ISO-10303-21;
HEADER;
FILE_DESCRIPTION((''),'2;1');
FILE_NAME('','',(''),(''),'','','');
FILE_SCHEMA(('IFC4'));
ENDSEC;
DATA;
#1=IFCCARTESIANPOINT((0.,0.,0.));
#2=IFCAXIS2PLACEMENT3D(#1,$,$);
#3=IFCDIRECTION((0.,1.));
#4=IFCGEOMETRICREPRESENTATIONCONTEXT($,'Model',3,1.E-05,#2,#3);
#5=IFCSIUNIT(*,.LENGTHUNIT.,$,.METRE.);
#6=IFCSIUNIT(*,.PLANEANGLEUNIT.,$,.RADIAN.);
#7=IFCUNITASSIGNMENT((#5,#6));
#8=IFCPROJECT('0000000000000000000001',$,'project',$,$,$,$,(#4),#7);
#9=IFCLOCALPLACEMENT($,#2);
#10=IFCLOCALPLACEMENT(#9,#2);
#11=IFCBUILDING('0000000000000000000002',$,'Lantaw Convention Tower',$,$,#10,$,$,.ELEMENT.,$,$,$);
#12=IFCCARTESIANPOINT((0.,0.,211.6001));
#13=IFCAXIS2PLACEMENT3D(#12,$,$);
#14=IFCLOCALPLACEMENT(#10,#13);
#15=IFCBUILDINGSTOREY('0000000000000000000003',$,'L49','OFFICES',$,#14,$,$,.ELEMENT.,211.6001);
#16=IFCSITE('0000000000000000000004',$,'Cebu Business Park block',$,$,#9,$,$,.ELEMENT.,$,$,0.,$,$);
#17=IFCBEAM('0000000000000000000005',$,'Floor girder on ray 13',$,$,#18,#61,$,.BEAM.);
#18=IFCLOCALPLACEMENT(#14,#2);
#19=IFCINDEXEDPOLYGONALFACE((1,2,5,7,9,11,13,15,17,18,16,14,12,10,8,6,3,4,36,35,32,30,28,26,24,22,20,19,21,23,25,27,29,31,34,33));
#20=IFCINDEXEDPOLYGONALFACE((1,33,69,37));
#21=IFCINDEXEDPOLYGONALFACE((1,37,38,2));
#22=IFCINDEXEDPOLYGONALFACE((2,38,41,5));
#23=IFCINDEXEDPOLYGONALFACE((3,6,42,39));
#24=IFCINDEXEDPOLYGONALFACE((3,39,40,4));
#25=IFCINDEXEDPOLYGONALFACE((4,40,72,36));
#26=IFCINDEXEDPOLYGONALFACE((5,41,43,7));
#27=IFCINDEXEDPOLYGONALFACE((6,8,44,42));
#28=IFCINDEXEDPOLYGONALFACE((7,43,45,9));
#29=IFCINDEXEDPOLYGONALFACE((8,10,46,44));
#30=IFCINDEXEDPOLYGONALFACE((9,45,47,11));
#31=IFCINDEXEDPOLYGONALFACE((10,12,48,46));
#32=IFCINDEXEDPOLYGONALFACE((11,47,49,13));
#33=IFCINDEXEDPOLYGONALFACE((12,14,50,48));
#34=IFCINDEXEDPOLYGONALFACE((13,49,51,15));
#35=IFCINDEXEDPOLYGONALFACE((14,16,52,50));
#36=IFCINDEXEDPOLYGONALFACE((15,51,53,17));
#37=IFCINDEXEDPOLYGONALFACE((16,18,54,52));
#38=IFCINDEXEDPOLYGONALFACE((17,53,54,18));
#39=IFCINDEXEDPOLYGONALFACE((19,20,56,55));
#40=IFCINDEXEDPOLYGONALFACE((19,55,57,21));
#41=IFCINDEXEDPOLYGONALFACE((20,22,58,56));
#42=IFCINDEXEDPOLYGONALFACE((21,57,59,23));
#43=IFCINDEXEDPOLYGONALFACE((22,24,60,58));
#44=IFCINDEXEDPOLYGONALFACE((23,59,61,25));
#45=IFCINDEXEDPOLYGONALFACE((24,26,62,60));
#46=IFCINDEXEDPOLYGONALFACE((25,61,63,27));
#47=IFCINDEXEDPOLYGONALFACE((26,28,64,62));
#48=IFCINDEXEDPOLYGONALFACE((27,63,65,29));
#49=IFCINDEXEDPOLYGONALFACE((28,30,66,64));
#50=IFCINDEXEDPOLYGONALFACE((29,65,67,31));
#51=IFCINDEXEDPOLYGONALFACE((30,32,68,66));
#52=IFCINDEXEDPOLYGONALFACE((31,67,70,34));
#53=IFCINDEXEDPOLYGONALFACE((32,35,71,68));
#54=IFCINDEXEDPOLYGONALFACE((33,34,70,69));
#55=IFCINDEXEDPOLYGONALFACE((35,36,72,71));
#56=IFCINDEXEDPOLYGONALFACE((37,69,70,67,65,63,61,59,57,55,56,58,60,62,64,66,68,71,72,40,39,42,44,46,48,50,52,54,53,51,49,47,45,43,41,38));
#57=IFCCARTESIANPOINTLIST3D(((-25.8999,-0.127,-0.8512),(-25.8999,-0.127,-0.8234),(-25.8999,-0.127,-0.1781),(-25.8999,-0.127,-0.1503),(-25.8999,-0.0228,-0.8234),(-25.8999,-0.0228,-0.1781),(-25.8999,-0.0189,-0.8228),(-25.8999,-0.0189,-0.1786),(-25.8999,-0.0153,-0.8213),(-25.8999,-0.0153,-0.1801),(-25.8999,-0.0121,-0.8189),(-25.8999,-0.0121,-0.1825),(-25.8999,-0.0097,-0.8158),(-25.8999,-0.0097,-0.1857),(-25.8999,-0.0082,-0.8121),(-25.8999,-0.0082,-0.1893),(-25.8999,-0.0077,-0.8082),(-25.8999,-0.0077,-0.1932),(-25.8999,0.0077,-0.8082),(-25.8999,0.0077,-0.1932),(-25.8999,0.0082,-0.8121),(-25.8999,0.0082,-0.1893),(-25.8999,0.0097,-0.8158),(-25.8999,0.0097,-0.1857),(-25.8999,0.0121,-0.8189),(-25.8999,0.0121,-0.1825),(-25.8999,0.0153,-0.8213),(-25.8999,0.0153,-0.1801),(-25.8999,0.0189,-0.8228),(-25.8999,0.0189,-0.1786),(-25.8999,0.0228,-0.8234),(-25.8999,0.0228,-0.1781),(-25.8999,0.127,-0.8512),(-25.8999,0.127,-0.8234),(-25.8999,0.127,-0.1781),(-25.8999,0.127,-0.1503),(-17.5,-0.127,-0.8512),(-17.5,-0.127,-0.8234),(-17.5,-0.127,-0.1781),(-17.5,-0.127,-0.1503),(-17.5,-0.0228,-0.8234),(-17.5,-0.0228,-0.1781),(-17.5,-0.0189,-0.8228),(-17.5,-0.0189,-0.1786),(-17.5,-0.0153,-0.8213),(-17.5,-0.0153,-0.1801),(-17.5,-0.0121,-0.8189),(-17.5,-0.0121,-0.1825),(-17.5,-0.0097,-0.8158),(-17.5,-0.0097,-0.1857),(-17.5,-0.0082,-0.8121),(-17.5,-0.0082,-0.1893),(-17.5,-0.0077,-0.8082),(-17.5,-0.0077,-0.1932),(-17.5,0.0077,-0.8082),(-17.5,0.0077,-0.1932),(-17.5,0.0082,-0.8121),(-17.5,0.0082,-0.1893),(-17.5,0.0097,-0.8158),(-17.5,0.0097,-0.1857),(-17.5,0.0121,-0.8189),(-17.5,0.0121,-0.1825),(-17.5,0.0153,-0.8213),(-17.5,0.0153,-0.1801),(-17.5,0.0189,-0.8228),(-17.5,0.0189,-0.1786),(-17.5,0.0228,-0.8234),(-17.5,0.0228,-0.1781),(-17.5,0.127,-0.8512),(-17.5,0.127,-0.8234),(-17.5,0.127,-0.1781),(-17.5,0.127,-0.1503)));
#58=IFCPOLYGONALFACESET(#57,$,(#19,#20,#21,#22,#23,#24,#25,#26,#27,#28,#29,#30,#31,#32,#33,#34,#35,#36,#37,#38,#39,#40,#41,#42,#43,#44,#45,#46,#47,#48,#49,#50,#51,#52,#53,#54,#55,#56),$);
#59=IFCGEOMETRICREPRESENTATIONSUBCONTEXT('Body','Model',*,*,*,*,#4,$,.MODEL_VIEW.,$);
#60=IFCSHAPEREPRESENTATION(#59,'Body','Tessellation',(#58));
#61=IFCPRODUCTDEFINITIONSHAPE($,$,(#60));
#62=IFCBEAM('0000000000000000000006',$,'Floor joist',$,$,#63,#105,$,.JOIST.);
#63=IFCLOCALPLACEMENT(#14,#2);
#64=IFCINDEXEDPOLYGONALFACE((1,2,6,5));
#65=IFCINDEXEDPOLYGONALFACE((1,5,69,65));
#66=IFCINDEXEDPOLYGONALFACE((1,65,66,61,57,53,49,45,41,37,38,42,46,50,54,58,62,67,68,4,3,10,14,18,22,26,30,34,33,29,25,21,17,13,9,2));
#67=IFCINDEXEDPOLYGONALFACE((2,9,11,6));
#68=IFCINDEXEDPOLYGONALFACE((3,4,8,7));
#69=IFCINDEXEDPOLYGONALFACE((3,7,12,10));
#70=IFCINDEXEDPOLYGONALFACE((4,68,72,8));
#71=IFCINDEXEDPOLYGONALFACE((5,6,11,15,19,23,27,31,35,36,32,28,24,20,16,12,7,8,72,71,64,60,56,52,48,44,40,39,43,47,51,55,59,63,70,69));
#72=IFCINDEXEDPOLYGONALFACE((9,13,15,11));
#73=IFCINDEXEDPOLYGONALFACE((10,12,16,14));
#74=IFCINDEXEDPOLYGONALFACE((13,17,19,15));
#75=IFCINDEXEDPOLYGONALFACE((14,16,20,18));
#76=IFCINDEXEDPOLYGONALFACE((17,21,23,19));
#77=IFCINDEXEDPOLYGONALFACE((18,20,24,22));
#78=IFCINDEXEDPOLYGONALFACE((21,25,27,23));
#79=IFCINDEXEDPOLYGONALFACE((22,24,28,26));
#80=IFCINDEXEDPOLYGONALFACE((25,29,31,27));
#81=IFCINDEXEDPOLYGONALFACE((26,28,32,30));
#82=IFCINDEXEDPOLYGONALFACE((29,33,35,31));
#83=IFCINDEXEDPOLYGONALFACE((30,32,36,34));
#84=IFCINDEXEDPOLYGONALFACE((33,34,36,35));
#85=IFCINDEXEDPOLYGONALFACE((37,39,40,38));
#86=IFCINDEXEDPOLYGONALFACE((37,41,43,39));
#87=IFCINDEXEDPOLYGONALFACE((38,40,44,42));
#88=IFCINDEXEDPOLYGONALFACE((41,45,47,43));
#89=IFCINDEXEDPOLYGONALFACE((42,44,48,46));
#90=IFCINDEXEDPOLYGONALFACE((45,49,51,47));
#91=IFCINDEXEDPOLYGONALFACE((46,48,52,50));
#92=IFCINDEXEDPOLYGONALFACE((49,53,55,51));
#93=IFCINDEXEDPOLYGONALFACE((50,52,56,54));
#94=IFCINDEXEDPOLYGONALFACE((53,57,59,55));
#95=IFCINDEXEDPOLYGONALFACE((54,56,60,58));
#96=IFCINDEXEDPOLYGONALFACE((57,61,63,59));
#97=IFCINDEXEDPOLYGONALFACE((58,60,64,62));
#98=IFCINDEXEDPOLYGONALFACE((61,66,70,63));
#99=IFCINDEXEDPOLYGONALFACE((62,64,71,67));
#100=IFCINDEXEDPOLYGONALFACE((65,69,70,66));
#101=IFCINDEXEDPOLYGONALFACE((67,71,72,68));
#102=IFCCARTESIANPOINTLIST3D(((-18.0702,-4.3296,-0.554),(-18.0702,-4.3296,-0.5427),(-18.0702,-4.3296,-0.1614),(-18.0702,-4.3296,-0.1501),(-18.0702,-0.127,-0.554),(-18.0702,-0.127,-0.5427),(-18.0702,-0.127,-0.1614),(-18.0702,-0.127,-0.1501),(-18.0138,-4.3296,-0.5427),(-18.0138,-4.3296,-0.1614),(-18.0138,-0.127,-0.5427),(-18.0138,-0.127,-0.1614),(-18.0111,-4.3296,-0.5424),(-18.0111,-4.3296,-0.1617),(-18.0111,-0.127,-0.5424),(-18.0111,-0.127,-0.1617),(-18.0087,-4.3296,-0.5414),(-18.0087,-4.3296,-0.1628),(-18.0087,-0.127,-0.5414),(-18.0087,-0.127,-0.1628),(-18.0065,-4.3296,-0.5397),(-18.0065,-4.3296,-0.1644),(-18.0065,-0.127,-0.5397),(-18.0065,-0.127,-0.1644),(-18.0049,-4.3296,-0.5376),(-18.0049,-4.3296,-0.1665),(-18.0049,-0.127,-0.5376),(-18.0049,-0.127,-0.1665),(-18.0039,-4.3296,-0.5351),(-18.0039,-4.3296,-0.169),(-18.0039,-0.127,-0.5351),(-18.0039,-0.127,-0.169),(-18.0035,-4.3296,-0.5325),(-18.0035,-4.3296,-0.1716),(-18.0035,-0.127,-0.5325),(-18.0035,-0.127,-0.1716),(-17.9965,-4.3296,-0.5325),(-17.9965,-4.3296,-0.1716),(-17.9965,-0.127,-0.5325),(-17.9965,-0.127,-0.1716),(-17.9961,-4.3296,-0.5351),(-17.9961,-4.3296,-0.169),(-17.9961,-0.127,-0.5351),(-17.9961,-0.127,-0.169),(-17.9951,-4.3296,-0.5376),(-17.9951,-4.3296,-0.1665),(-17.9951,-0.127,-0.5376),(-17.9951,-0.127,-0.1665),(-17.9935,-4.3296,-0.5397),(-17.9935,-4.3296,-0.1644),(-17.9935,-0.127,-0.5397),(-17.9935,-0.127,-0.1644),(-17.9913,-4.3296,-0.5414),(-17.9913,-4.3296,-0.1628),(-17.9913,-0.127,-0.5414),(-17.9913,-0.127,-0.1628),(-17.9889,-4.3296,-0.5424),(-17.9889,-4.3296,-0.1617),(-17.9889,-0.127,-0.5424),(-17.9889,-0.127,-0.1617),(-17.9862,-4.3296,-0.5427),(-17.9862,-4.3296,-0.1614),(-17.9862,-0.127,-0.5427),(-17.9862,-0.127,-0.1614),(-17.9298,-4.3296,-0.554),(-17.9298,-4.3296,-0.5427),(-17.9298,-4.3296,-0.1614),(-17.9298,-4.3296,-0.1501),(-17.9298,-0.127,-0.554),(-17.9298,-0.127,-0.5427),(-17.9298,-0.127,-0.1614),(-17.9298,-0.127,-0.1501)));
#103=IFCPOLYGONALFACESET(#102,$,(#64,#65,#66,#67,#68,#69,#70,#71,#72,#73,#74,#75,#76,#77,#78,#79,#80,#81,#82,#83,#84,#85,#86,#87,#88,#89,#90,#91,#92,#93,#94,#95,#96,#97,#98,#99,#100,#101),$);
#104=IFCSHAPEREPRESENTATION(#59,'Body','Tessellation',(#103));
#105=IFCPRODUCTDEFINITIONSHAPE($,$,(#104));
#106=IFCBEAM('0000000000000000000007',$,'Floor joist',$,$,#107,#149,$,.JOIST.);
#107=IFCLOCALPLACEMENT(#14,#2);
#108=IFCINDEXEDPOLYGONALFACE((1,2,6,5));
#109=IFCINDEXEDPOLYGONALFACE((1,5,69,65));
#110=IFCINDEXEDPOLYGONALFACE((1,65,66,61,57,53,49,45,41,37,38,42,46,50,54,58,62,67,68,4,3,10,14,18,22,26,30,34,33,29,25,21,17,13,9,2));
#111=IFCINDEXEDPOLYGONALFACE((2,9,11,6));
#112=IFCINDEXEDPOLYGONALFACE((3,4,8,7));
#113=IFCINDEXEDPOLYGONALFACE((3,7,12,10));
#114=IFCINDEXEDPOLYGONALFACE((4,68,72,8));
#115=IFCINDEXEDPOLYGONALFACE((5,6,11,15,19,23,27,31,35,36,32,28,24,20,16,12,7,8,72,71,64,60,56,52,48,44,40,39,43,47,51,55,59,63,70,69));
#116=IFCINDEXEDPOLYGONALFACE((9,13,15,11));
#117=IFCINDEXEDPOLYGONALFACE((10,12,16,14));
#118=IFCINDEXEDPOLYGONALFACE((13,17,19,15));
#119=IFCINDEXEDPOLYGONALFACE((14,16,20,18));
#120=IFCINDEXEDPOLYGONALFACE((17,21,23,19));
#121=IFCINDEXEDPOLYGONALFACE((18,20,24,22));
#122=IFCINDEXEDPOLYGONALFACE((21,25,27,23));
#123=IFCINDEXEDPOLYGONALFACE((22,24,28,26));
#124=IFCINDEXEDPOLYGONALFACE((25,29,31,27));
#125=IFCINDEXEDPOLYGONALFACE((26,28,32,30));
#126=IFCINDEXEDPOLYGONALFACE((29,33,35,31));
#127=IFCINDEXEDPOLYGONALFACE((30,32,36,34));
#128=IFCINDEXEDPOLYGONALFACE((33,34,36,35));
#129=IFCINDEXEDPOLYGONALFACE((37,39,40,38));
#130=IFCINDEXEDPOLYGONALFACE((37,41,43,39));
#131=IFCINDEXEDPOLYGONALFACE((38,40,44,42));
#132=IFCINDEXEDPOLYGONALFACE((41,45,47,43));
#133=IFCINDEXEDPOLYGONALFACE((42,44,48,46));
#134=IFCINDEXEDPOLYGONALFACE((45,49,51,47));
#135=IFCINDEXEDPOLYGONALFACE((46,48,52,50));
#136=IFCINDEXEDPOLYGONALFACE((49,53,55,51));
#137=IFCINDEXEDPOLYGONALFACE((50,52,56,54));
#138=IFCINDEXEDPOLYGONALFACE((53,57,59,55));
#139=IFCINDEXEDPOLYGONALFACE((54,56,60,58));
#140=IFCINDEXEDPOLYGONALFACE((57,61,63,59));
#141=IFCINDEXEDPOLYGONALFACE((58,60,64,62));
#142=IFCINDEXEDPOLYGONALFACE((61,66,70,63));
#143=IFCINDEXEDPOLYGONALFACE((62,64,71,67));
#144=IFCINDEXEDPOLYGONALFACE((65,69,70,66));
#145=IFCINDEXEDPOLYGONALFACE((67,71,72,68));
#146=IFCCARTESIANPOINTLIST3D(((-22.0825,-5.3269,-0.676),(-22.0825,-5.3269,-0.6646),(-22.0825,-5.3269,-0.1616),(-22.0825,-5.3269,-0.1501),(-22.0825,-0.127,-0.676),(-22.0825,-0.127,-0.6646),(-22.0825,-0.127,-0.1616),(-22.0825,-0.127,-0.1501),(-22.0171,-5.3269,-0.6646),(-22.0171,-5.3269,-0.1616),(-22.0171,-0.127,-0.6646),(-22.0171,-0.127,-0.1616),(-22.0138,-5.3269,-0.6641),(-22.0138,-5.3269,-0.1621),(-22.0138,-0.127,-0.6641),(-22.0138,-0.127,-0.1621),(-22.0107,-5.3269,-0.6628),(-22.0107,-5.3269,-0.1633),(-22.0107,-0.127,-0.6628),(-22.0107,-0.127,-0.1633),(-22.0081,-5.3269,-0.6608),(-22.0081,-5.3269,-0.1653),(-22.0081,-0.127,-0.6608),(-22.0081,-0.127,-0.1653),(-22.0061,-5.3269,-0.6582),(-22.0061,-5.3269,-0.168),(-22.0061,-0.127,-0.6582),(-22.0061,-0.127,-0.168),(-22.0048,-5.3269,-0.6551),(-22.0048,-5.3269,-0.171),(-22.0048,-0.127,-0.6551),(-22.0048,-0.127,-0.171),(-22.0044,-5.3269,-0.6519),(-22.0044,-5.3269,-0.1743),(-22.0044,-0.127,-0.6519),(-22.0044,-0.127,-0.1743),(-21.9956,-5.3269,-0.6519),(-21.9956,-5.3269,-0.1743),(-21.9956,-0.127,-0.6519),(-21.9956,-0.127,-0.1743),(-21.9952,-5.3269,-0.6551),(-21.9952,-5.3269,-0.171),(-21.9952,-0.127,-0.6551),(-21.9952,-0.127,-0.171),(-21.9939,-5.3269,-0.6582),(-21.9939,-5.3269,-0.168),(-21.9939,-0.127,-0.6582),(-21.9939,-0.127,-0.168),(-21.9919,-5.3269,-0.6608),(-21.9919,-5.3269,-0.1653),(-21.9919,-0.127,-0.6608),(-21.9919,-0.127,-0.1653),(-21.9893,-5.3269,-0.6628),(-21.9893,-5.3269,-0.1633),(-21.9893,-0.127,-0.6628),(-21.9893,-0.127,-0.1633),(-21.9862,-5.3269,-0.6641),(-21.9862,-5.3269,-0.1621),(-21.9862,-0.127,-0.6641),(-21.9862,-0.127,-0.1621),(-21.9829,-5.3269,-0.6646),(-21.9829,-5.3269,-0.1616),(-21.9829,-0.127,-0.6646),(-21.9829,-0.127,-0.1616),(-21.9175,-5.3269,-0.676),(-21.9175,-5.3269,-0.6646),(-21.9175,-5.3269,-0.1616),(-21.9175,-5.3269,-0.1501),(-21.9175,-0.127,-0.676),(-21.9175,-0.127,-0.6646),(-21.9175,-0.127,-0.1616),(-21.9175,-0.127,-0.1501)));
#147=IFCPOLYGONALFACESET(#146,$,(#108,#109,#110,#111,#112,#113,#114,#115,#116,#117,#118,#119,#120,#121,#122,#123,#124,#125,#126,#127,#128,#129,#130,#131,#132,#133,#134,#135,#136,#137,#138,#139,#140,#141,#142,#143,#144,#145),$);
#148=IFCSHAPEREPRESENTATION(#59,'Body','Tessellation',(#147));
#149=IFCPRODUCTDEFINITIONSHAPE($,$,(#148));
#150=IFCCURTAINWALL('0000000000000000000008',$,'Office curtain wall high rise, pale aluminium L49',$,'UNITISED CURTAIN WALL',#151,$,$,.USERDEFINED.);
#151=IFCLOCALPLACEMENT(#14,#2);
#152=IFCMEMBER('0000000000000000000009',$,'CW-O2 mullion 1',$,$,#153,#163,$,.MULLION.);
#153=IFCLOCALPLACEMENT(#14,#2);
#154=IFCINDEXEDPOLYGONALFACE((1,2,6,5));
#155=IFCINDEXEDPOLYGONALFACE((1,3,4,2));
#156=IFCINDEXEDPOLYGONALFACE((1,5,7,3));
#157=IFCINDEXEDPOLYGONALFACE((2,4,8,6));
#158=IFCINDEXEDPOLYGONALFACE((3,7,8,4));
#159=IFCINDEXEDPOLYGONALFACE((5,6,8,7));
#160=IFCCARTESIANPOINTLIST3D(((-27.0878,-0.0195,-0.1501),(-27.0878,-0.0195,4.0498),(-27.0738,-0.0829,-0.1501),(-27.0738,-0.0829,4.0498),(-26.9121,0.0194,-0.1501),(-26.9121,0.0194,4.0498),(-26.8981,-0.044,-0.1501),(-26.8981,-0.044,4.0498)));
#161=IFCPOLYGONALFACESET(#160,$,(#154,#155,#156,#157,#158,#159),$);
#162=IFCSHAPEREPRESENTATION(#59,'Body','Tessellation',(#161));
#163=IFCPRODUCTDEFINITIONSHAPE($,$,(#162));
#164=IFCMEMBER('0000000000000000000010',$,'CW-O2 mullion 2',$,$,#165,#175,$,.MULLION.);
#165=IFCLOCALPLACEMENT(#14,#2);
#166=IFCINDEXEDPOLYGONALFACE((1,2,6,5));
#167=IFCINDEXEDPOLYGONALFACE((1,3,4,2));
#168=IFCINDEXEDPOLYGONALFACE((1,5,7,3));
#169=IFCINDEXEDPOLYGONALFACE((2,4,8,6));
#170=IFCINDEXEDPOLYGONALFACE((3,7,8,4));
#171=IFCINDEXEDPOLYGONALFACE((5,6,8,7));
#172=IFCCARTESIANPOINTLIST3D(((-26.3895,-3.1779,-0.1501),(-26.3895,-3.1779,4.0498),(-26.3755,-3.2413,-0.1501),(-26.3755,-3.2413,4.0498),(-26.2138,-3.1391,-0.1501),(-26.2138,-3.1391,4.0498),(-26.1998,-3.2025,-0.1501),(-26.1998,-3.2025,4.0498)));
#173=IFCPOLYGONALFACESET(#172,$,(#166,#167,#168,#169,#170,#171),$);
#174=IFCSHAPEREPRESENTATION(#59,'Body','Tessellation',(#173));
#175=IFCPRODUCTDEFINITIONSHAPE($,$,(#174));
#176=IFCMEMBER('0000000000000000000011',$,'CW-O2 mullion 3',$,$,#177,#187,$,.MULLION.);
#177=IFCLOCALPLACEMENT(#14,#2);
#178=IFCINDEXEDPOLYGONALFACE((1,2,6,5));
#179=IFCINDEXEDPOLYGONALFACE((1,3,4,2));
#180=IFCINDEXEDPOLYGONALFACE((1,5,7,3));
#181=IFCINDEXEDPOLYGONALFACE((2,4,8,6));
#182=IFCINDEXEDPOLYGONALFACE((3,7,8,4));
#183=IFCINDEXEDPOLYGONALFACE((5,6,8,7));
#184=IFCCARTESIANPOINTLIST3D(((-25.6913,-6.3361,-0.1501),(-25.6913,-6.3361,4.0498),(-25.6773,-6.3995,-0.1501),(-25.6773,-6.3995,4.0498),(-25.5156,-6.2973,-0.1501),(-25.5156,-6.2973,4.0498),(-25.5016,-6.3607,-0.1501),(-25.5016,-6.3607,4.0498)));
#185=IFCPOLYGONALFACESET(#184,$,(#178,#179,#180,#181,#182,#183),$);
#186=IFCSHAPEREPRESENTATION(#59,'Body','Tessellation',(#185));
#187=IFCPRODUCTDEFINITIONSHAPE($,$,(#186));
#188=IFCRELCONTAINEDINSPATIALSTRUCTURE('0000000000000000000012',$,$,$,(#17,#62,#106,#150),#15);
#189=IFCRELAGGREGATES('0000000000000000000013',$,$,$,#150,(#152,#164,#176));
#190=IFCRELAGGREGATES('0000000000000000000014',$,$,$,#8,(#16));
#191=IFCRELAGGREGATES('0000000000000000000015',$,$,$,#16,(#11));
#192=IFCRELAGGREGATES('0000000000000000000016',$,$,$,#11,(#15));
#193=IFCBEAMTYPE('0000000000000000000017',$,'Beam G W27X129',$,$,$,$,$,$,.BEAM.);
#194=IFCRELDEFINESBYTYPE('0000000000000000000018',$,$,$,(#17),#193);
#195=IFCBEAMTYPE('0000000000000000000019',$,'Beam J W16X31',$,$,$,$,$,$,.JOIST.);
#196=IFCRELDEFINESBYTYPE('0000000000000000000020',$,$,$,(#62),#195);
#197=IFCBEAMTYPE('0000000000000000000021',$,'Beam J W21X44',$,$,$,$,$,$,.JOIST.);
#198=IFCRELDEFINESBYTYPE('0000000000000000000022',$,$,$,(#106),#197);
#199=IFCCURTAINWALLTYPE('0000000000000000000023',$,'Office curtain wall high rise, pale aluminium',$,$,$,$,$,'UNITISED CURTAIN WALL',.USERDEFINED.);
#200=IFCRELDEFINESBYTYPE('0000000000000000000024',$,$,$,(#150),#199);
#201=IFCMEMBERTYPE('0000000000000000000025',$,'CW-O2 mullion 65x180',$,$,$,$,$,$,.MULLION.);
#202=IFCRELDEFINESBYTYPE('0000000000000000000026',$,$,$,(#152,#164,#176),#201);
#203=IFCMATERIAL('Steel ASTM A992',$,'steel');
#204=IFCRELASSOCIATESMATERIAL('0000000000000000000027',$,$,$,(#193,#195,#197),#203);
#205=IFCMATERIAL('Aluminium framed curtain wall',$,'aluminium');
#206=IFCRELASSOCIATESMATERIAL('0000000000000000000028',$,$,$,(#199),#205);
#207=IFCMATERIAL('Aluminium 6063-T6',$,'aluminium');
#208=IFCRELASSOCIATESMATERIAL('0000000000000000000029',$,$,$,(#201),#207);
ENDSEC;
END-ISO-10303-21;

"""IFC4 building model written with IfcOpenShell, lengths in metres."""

from ifc_helpers import new_model, si_unit, direction, frame, origin, origin_2d, place, context, subcontext, project, spatial, rectangle, i_section, extrude, material, material_profile, profile_set, type_object, element, aggregate, save


model = new_model("IFC4")

# Units and contexts
model_context = context("Model", 3, precision=1e-05, world=origin(), true_north=direction((0.0, 1.0)))
body_context = subcontext(model_context, "Body", "Model", "MODEL_VIEW")
ifc_project = project(units=[si_unit("LENGTHUNIT", "METRE"), si_unit("PLANEANGLEUNIT", "RADIAN")], contexts=[model_context])

# Site, building, storey
site_placement = place(None, origin())
site = spatial("IfcSite", under=ifc_project, at=site_placement, Name="Cebu Business Park block", CompositionType="ELEMENT", RefElevation=0.0)
building_placement = place(site_placement, origin())
building = spatial("IfcBuilding", under=site, at=building_placement, Name="Lantaw Convention Tower", CompositionType="ELEMENT")
storey_placement = place(building_placement, frame((0.0, 0.0, 211.6001)))
storey = spatial("IfcBuildingStorey", under=building, at=storey_placement, Name="L49", Description="OFFICES", CompositionType="ELEMENT", Elevation=211.6001)

# Beams
ifc_material_1 = material(Name="Steel ASTM A992", Category="steel")
ifc_material_profile_1 = material_profile(ifc_material_1, i_section(OverallWidth=0.2539, OverallDepth=0.7009, WebThickness=0.0154, FlangeThickness=0.0278, FilletRadius=0.0151, at=origin_2d()), Name="W27X129")
ifc_profile_set_1 = profile_set([ifc_material_profile_1], Name="Steel ASTM A992")
beam_type_1 = type_object("IfcBeamType", Name="Beam G W27X129", PredefinedType="BEAM", material=ifc_profile_set_1)
beam_1_placement = place(storey_placement, frame((-17.5, 0.0, -0.5007), z_axis=(-1.0, 0.0, 0.0), x_axis=(0.0, -1.0, 0.0)))
element("IfcBeam", 1, at=beam_1_placement, inside=storey, type_object=beam_type_1, Name="Floor girder on ray 13", PredefinedType="BEAM", context=body_context, shape_type="SweptSolid", body=[
    extrude(i_section(OverallWidth=0.2539, OverallDepth=0.7009, WebThickness=0.0154, FlangeThickness=0.0278, FilletRadius=0.0151, at=origin_2d()), origin(), (0.0, 0.0, 1.0), 8.3999),
])
ifc_material_profile_2 = material_profile(ifc_material_1, i_section(OverallWidth=0.1404, OverallDepth=0.4038, WebThickness=0.0071, FlangeThickness=0.0112, FilletRadius=0.0103, at=origin_2d()), Name="W16X31")
ifc_profile_set_2 = profile_set([ifc_material_profile_2], Name="Steel ASTM A992")
beam_type_2 = type_object("IfcBeamType", Name="Beam J W16X31", PredefinedType="JOIST", material=ifc_profile_set_2)
beam_2_placement = place(storey_placement, frame((-18.0, -4.3296, -0.3521), z_axis=(0.0, 1.0, 0.0), x_axis=(-1.0, 0.0, 0.0)))
element("IfcBeam", 2, at=beam_2_placement, inside=storey, type_object=beam_type_2, Name="Floor joist", PredefinedType="JOIST", context=body_context, shape_type="SweptSolid", body=[
    extrude(i_section(OverallWidth=0.1404, OverallDepth=0.4038, WebThickness=0.0071, FlangeThickness=0.0112, FilletRadius=0.0103, at=origin_2d()), origin(), (0.0, 0.0, 1.0), 4.2026),
])
ifc_material_profile_3 = material_profile(ifc_material_1, i_section(OverallWidth=0.165, OverallDepth=0.5259, WebThickness=0.0088, FlangeThickness=0.0115, FilletRadius=0.0127, at=origin_2d()), Name="W21X44")
ifc_profile_set_3 = profile_set([ifc_material_profile_3], Name="Steel ASTM A992")
beam_type_3 = type_object("IfcBeamType", Name="Beam J W21X44", PredefinedType="JOIST", material=ifc_profile_set_3)
beam_3_placement = place(storey_placement, frame((-22.0, -5.3269, -0.4131), z_axis=(0.0, 1.0, 0.0), x_axis=(-1.0, 0.0, 0.0)))
element("IfcBeam", 3, at=beam_3_placement, inside=storey, type_object=beam_type_3, Name="Floor joist", PredefinedType="JOIST", context=body_context, shape_type="SweptSolid", body=[
    extrude(i_section(OverallWidth=0.165, OverallDepth=0.5259, WebThickness=0.0088, FlangeThickness=0.0115, FilletRadius=0.0127, at=origin_2d()), origin(), (0.0, 0.0, 1.0), 5.2),
])

# Curtain wall, members
ifc_material_2 = material(Name="Aluminium framed curtain wall", Category="aluminium")
curtain_wall_type = type_object("IfcCurtainWallType", Name="Office curtain wall high rise, pale aluminium", ElementType="UNITISED CURTAIN WALL", PredefinedType="USERDEFINED", material=ifc_material_2)
curtain_wall_1_placement = place(storey_placement, origin())
curtain_wall_1 = element("IfcCurtainWall", 4, at=curtain_wall_1_placement, inside=storey, type_object=curtain_wall_type, Name="Office curtain wall high rise, pale aluminium L49", ObjectType="UNITISED CURTAIN WALL", PredefinedType="USERDEFINED")
ifc_material_3 = material(Name="Aluminium 6063-T6", Category="aluminium")
ifc_material_profile_4 = material_profile(ifc_material_3, rectangle(XDim=0.1799, YDim=0.0649, at=origin_2d()), Name="CW-O2 mullion 65x180")
ifc_profile_set_4 = profile_set([ifc_material_profile_4], Name="Aluminium 6063-T6")
member_type_1 = type_object("IfcMemberType", Name="CW-O2 mullion 65x180", PredefinedType="MULLION", material=ifc_profile_set_4)
member_1_placement = place(storey_placement, frame((-26.9929, -0.0317, -0.1501), z_axis=(0.0, 0.0, 1.0), x_axis=(0.976417, 0.215891, 0.0)))
member_1 = element("IfcMember", 5, at=member_1_placement, type_object=member_type_1, Name="CW-O2 mullion 1", PredefinedType="MULLION", context=body_context, shape_type="SweptSolid", body=[
    extrude(rectangle(XDim=0.1799, YDim=0.0649, at=origin_2d()), origin(), (0.0, 0.0, 1.0), 4.2),
])
member_2_placement = place(storey_placement, frame((-26.2947, -3.1902, -0.1501), z_axis=(0.0, 0.0, 1.0), x_axis=(0.976417, 0.215891, 0.0)))
member_2 = element("IfcMember", 6, at=member_2_placement, type_object=member_type_1, Name="CW-O2 mullion 2", PredefinedType="MULLION", context=body_context, shape_type="SweptSolid", body=[
    extrude(rectangle(XDim=0.1799, YDim=0.0649, at=origin_2d()), origin(), (0.0, 0.0, 1.0), 4.2),
])
member_3_placement = place(storey_placement, frame((-25.5964, -6.3484, -0.1501), z_axis=(0.0, 0.0, 1.0), x_axis=(0.976417, 0.215891, 0.0)))
member_3 = element("IfcMember", 7, at=member_3_placement, type_object=member_type_1, Name="CW-O2 mullion 3", PredefinedType="MULLION", context=body_context, shape_type="SweptSolid", body=[
    extrude(rectangle(XDim=0.1799, YDim=0.0649, at=origin_2d()), origin(), (0.0, 0.0, 1.0), 4.2),
])

aggregate(curtain_wall_1, [member_1, member_2, member_3])

save(model, "model.ifc")
